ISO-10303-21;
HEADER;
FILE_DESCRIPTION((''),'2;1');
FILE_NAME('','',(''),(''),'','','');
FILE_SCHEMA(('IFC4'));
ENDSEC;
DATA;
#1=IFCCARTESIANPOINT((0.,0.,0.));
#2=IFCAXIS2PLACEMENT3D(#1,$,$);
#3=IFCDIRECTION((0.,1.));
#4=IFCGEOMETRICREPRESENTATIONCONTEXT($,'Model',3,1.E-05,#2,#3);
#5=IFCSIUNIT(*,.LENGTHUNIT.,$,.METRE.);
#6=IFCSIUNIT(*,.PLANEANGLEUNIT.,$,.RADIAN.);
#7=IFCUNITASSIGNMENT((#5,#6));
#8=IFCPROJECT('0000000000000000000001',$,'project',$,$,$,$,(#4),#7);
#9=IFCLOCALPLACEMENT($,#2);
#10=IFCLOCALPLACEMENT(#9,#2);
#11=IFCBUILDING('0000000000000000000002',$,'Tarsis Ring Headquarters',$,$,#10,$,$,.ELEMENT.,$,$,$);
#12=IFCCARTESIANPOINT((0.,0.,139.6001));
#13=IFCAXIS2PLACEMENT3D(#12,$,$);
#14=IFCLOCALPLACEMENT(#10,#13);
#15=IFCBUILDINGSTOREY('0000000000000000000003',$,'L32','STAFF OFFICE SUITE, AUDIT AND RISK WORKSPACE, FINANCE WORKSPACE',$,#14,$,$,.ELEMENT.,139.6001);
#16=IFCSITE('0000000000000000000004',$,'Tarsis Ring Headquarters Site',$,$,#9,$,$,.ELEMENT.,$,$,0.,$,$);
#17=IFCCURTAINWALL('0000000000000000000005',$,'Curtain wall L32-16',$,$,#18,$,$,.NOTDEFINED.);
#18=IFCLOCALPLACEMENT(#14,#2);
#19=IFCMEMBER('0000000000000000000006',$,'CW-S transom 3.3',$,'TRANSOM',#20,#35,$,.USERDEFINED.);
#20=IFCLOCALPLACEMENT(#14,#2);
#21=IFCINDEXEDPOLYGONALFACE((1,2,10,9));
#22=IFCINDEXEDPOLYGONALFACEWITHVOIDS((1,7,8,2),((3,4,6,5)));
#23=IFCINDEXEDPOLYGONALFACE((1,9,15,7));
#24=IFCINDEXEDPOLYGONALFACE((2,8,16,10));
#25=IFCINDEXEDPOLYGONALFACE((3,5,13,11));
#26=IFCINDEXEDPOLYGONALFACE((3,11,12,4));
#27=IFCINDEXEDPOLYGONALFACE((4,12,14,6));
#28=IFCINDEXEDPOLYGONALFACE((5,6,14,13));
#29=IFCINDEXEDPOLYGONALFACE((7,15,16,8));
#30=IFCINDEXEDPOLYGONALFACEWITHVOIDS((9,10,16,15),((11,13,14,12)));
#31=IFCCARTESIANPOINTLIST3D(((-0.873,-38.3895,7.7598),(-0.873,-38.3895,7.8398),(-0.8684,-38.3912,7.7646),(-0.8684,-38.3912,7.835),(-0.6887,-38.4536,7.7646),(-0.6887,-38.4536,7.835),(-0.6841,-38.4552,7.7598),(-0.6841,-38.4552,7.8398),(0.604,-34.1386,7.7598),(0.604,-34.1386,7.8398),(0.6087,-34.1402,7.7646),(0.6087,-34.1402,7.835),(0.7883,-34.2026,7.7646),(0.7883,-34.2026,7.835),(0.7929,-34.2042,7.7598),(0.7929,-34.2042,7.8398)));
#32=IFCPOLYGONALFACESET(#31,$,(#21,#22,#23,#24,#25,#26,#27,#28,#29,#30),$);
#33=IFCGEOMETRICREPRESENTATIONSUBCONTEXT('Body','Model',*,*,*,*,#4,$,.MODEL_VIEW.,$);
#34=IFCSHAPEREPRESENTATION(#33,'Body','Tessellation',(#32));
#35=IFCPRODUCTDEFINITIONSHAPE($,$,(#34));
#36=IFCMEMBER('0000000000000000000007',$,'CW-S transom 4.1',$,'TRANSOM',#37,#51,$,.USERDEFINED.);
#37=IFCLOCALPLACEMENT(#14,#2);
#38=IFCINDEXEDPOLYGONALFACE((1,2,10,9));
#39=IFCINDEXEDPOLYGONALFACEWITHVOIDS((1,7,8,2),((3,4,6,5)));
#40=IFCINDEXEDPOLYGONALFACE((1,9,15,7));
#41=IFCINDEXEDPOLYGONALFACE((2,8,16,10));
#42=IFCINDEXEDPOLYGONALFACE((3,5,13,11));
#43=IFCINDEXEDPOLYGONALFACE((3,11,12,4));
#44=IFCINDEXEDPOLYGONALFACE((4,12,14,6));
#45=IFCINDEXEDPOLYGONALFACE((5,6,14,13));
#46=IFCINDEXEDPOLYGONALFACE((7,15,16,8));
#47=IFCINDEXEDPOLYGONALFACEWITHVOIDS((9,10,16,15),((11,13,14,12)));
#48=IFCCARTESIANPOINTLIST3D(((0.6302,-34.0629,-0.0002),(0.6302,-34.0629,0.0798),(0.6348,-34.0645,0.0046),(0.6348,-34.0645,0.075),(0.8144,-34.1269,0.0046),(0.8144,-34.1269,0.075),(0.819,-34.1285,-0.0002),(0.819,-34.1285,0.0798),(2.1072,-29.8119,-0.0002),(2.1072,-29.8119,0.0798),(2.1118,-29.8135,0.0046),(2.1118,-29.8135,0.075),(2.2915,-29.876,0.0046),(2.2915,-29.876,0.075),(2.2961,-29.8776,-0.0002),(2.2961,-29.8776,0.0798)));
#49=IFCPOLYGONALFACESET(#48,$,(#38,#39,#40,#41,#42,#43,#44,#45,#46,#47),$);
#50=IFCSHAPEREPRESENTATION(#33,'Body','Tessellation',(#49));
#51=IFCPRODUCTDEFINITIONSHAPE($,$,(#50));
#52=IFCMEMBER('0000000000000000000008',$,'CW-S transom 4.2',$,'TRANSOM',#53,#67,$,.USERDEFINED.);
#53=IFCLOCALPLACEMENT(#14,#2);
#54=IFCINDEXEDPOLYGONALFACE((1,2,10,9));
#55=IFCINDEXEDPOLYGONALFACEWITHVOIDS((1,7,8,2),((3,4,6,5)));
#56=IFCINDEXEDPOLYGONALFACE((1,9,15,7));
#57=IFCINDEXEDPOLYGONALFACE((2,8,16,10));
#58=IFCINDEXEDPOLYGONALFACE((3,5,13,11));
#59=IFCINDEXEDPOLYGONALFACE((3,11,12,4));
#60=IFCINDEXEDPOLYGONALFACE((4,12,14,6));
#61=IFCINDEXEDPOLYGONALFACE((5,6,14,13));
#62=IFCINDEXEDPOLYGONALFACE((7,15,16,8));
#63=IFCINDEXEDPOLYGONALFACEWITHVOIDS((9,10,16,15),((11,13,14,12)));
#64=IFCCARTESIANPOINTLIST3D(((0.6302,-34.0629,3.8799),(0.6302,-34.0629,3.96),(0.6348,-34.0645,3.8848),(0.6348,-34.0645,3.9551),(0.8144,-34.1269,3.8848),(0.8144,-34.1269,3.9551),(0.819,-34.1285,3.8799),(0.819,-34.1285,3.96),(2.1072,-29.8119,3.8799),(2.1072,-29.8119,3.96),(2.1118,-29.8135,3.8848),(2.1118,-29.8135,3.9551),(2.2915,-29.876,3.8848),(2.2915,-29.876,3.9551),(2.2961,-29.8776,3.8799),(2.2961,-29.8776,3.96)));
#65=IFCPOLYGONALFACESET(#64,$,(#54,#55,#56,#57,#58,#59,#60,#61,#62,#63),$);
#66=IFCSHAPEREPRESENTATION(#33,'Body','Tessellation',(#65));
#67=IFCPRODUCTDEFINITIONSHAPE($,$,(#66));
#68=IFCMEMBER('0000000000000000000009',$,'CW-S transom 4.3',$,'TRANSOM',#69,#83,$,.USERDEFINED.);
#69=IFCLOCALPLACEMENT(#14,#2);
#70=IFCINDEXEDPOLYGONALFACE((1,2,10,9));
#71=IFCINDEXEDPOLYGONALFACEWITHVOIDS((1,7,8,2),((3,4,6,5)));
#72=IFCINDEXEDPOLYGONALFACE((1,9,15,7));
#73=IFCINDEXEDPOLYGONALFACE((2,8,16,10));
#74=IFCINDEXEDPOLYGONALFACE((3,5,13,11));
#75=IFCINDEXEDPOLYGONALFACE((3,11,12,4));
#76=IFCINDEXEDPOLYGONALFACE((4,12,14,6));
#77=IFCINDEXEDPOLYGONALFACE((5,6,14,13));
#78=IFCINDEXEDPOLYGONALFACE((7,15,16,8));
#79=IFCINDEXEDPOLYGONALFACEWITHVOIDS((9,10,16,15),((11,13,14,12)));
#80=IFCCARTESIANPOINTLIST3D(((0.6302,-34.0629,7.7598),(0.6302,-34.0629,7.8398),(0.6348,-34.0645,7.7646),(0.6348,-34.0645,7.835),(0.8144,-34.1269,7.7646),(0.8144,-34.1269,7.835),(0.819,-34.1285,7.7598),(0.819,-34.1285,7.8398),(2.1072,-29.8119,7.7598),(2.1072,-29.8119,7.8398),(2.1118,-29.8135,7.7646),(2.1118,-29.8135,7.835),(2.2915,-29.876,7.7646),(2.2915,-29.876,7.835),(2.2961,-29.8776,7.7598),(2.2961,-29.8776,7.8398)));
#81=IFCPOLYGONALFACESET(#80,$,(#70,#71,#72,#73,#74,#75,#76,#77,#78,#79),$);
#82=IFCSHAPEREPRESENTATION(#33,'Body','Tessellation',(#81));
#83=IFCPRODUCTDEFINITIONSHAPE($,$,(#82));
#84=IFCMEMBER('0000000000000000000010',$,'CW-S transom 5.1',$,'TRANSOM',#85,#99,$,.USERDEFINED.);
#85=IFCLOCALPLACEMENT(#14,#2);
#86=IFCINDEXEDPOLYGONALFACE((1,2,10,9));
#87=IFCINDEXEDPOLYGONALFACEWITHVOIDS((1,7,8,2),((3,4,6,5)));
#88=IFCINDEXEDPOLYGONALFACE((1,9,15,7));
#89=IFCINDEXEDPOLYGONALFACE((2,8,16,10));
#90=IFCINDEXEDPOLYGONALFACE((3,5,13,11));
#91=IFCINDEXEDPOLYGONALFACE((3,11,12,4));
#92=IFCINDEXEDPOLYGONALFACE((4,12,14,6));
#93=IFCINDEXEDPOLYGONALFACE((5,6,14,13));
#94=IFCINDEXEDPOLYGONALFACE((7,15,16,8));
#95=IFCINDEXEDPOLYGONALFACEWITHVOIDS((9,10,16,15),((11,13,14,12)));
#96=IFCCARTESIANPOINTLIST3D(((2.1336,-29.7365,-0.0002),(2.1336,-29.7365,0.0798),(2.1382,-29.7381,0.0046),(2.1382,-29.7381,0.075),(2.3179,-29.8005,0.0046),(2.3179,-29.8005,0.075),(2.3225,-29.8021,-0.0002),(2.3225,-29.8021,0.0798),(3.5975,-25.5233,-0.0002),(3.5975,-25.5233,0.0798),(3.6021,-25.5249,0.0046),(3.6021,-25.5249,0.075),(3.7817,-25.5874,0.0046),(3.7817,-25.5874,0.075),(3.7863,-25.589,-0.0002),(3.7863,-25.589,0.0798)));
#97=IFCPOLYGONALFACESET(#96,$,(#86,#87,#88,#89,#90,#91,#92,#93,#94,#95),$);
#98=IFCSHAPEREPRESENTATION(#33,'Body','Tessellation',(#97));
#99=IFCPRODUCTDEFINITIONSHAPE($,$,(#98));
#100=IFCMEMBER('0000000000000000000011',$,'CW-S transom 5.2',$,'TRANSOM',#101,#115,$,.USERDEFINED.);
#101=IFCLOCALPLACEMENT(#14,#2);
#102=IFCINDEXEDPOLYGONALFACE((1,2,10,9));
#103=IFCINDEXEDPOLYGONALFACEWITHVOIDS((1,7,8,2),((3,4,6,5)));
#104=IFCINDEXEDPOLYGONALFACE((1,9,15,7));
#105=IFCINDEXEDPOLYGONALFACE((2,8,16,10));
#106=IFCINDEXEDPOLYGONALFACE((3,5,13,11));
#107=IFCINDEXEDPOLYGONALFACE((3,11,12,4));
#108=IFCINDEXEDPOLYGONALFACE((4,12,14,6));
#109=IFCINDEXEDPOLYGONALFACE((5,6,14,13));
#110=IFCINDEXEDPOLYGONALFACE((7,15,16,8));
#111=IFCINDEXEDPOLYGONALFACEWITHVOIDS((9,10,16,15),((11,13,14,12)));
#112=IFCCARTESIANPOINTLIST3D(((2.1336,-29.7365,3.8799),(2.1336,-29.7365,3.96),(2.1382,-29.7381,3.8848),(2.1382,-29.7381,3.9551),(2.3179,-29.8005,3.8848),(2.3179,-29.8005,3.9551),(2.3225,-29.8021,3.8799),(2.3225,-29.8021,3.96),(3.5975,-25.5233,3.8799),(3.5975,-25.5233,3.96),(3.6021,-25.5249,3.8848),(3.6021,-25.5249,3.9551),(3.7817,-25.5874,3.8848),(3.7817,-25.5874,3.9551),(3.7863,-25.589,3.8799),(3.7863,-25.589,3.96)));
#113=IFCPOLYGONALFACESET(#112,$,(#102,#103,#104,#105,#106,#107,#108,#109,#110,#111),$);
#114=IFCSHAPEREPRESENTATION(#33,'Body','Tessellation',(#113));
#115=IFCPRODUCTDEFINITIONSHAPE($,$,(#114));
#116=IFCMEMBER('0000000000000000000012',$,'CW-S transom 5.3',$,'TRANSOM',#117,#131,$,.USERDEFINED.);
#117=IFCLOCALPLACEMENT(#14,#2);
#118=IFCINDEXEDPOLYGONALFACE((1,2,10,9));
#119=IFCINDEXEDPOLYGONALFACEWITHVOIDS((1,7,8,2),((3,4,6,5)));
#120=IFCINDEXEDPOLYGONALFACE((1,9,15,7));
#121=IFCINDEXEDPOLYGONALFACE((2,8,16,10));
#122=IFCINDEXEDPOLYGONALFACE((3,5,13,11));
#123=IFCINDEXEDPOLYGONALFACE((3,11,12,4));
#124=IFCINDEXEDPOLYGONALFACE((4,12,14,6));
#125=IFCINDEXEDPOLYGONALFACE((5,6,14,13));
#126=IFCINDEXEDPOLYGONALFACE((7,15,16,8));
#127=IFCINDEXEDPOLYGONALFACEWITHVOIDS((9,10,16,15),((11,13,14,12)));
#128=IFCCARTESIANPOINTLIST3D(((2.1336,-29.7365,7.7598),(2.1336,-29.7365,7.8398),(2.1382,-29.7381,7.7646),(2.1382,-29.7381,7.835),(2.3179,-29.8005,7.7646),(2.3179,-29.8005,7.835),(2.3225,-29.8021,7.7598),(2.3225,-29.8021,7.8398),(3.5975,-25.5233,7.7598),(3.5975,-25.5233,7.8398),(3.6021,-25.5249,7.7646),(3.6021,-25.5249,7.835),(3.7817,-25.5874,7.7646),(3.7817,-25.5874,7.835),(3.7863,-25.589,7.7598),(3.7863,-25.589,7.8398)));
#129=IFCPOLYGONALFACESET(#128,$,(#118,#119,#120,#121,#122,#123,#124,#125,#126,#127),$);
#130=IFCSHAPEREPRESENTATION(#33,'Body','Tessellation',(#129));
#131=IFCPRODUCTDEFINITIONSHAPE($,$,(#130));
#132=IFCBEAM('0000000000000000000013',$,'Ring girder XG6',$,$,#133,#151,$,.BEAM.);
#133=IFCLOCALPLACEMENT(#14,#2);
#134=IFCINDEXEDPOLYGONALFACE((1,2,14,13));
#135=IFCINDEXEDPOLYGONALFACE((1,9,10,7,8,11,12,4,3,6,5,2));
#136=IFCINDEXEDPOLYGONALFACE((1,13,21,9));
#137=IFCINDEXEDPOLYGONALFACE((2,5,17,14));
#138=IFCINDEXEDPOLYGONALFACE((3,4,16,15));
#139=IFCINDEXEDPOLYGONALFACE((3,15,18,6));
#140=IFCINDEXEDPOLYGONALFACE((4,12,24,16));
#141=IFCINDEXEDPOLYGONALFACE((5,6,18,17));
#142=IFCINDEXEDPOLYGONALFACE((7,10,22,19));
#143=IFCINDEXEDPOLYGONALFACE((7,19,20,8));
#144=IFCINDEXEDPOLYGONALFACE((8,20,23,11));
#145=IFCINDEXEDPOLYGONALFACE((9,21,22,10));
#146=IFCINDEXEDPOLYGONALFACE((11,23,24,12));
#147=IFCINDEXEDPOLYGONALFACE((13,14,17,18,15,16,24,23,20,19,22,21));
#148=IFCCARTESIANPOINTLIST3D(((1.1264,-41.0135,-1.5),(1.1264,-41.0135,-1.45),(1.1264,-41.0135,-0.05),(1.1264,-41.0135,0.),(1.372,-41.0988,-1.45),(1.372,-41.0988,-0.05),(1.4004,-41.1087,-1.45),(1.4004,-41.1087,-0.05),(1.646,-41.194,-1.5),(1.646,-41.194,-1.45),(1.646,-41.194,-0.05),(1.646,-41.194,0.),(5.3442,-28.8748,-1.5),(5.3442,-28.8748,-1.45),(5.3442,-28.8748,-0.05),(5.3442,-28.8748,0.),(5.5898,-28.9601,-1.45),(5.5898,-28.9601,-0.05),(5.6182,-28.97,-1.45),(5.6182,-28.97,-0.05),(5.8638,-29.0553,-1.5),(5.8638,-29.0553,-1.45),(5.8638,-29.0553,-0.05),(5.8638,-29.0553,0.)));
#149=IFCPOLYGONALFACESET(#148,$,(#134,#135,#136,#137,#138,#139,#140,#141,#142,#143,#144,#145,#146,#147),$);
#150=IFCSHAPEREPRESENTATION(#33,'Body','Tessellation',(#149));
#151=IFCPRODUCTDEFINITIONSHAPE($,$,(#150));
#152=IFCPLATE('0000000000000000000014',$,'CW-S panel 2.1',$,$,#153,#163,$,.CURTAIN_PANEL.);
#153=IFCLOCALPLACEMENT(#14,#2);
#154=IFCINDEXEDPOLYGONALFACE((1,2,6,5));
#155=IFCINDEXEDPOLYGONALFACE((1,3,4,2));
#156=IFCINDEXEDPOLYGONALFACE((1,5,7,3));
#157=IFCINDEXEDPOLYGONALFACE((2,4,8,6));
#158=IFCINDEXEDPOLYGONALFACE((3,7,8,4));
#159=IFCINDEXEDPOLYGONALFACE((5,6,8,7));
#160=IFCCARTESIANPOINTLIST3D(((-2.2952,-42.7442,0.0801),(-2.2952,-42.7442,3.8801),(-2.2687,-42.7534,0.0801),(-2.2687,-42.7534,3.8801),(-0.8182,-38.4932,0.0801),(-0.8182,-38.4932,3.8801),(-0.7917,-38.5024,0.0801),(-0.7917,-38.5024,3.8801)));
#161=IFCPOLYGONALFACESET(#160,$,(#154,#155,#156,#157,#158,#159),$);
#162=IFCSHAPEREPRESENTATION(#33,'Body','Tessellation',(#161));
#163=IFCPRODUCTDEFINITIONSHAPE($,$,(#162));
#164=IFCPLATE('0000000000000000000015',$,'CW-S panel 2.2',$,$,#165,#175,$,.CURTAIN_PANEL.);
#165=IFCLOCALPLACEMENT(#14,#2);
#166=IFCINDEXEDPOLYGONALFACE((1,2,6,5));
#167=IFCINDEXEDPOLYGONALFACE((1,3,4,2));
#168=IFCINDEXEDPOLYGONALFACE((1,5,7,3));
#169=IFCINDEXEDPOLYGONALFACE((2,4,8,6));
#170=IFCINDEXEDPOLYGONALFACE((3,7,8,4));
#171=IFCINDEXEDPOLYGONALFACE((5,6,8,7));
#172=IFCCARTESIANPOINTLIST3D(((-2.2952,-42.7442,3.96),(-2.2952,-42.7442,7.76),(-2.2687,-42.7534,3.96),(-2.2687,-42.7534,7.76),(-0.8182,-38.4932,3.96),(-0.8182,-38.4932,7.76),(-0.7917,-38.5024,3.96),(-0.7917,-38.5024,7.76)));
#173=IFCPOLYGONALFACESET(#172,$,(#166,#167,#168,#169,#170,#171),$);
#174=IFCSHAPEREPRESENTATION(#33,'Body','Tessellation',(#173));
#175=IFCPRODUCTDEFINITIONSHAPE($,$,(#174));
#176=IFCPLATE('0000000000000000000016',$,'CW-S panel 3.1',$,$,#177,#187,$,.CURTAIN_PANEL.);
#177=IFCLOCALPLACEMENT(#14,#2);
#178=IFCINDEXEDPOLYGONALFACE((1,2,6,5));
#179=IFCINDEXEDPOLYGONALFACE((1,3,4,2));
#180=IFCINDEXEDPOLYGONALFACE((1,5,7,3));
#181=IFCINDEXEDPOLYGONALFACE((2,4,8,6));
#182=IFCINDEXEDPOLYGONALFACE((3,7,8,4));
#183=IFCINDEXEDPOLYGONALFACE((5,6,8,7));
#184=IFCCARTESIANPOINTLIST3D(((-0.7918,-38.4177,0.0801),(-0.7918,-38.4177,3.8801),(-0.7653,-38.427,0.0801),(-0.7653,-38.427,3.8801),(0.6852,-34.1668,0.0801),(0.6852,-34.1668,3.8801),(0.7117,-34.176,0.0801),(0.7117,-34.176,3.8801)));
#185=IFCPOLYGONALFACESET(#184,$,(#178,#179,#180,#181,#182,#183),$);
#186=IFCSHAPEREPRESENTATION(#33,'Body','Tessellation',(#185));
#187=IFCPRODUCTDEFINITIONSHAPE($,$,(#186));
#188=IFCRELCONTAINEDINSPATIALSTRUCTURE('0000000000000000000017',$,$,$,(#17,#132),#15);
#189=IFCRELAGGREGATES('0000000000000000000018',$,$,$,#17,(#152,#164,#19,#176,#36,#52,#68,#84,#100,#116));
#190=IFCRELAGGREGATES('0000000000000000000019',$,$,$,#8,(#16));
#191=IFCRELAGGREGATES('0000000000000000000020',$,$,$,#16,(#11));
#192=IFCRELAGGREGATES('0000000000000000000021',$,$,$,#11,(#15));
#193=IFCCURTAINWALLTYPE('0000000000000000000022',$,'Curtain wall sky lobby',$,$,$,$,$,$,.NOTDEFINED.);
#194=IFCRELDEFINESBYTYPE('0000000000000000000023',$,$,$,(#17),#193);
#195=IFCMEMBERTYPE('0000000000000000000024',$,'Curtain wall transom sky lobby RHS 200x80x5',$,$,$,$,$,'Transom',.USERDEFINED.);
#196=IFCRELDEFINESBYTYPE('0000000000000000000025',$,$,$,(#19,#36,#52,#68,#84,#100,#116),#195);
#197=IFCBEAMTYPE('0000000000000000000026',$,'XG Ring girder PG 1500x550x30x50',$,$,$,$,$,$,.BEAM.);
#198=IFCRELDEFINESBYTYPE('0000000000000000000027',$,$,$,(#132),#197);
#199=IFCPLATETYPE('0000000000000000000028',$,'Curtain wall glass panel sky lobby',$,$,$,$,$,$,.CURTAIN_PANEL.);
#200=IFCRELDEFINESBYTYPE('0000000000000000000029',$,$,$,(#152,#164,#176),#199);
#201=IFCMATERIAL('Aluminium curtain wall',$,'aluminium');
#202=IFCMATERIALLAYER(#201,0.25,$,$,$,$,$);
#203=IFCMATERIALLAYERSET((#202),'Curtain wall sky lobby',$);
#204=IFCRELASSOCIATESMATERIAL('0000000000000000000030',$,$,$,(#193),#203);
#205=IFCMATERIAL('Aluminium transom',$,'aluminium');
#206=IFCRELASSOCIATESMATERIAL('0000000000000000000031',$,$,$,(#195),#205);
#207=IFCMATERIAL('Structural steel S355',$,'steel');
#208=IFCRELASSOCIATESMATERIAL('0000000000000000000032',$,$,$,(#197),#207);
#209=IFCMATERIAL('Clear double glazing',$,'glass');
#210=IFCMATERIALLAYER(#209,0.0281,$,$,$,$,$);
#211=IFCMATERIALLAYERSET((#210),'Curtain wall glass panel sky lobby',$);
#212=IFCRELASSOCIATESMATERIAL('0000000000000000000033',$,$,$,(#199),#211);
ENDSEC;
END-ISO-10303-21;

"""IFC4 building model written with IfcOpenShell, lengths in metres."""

from ifc_helpers import new_model, si_unit, direction, frame, origin, origin_2d, place, context, subcontext, project, spatial, rectangle, hollow_rectangle, i_section, extrude, material, layer, layer_set, material_profile, profile_set, type_object, element, aggregate, save


model = new_model("IFC4")

# Units and contexts
model_context = context("Model", 3, precision=1e-05, world=origin(), true_north=direction((0.0, 1.0)))
body_context = subcontext(model_context, "Body", "Model", "MODEL_VIEW")
ifc_project = project(units=[si_unit("LENGTHUNIT", "METRE"), si_unit("PLANEANGLEUNIT", "RADIAN")], contexts=[model_context])

# Site, building, storey
site_placement = place(None, origin())
site = spatial("IfcSite", under=ifc_project, at=site_placement, Name="Tarsis Ring Headquarters Site", CompositionType="ELEMENT", RefElevation=0.0)
building_placement = place(site_placement, origin())
building = spatial("IfcBuilding", under=site, at=building_placement, Name="Tarsis Ring Headquarters", CompositionType="ELEMENT")
storey_placement = place(building_placement, frame((0.0, 0.0, 139.6001)))
storey = spatial("IfcBuildingStorey", under=building, at=storey_placement, Name="L32", Description="STAFF OFFICE SUITE, AUDIT AND RISK WORKSPACE, FINANCE WORKSPACE", CompositionType="ELEMENT", Elevation=139.6001)

# Shared definitions
ifc_material_1 = material(Name="Structural steel S355", Category="steel")

# Curtain wall, members
ifc_material_2 = material(Name="Aluminium curtain wall", Category="aluminium")
ifc_layer_1 = layer(ifc_material_2, 0.25)
ifc_layer_set_1 = layer_set([ifc_layer_1], Name="Curtain wall sky lobby")
curtain_wall_type = type_object("IfcCurtainWallType", Name="Curtain wall sky lobby", PredefinedType="NOTDEFINED", material=ifc_layer_set_1)
curtain_wall_placement = place(storey_placement, origin())
curtain_wall = element("IfcCurtainWall", 1, at=curtain_wall_placement, inside=storey, type_object=curtain_wall_type, Name="Curtain wall L32-16", PredefinedType="NOTDEFINED")
ifc_material_3 = material(Name="Aluminium transom", Category="aluminium")
ifc_material_profile_1 = material_profile(ifc_material_3, hollow_rectangle(XDim=0.2, YDim=0.0801, WallThickness=0.0049, at=origin_2d()), Name="RHS 200x80x5")
ifc_profile_set_1 = profile_set([ifc_material_profile_1], Name="Aluminium transom")
member_type_1 = type_object("IfcMemberType", Name="Curtain wall transom sky lobby RHS 200x80x5", ElementType="Transom", PredefinedType="USERDEFINED", material=ifc_profile_set_1)
member_1_placement = place(storey_placement, frame((-0.7786, -38.4224, 7.7998), z_axis=(0.328213, 0.944604, 0.0), x_axis=(-0.944604, 0.328213, 0.0)))
member_1 = element("IfcMember", 2, at=member_1_placement, type_object=member_type_1, Name="CW-S transom 3.3", ObjectType="TRANSOM", PredefinedType="USERDEFINED", context=body_context, shape_type="SweptSolid", body=[
    extrude(hollow_rectangle(XDim=0.2, YDim=0.0801, WallThickness=0.0049, at=origin_2d()), origin(), (0.0, 0.0, 1.0), 4.5002),
])
member_2_placement = place(storey_placement, frame((0.7246, -34.0957, 0.0398), z_axis=(0.328213, 0.944604, 0.0), x_axis=(-0.944604, 0.328213, 0.0)))
member_2 = element("IfcMember", 3, at=member_2_placement, type_object=member_type_1, Name="CW-S transom 4.1", ObjectType="TRANSOM", PredefinedType="USERDEFINED", context=body_context, shape_type="SweptSolid", body=[
    extrude(hollow_rectangle(XDim=0.2, YDim=0.0801, WallThickness=0.0049, at=origin_2d()), origin(), (0.0, 0.0, 1.0), 4.5002),
])
member_3_placement = place(storey_placement, frame((0.7246, -34.0957, 3.9199), z_axis=(0.328213, 0.944604, 0.0), x_axis=(-0.944604, 0.328213, 0.0)))
member_3 = element("IfcMember", 4, at=member_3_placement, type_object=member_type_1, Name="CW-S transom 4.2", ObjectType="TRANSOM", PredefinedType="USERDEFINED", context=body_context, shape_type="SweptSolid", body=[
    extrude(hollow_rectangle(XDim=0.2, YDim=0.0801, WallThickness=0.0049, at=origin_2d()), origin(), (0.0, 0.0, 1.0), 4.5002),
])
member_4_placement = place(storey_placement, frame((0.7246, -34.0957, 7.7998), z_axis=(0.328213, 0.944604, 0.0), x_axis=(-0.944604, 0.328213, 0.0)))
member_4 = element("IfcMember", 5, at=member_4_placement, type_object=member_type_1, Name="CW-S transom 4.3", ObjectType="TRANSOM", PredefinedType="USERDEFINED", context=body_context, shape_type="SweptSolid", body=[
    extrude(hollow_rectangle(XDim=0.2, YDim=0.0801, WallThickness=0.0049, at=origin_2d()), origin(), (0.0, 0.0, 1.0), 4.5002),
])
member_5_placement = place(storey_placement, frame((2.228, -29.7693, 0.0398), z_axis=(0.328206, 0.944606, 0.0), x_axis=(-0.944606, 0.328206, 0.0)))
member_5 = element("IfcMember", 6, at=member_5_placement, type_object=member_type_1, Name="CW-S transom 5.1", ObjectType="TRANSOM", PredefinedType="USERDEFINED", context=body_context, shape_type="SweptSolid", body=[
    extrude(hollow_rectangle(XDim=0.2, YDim=0.0801, WallThickness=0.0049, at=origin_2d()), origin(), (0.0, 0.0, 1.0), 4.4602),
])
member_6_placement = place(storey_placement, frame((2.228, -29.7693, 3.9199), z_axis=(0.328206, 0.944606, 0.0), x_axis=(-0.944606, 0.328206, 0.0)))
member_6 = element("IfcMember", 7, at=member_6_placement, type_object=member_type_1, Name="CW-S transom 5.2", ObjectType="TRANSOM", PredefinedType="USERDEFINED", context=body_context, shape_type="SweptSolid", body=[
    extrude(hollow_rectangle(XDim=0.2, YDim=0.0801, WallThickness=0.0049, at=origin_2d()), origin(), (0.0, 0.0, 1.0), 4.4602),
])
member_7_placement = place(storey_placement, frame((2.228, -29.7693, 7.7998), z_axis=(0.328206, 0.944606, 0.0), x_axis=(-0.944606, 0.328206, 0.0)))
member_7 = element("IfcMember", 8, at=member_7_placement, type_object=member_type_1, Name="CW-S transom 5.3", ObjectType="TRANSOM", PredefinedType="USERDEFINED", context=body_context, shape_type="SweptSolid", body=[
    extrude(hollow_rectangle(XDim=0.2, YDim=0.0801, WallThickness=0.0049, at=origin_2d()), origin(), (0.0, 0.0, 1.0), 4.4602),
])

# Beam
ifc_material_profile_2 = material_profile(ifc_material_1, i_section(OverallWidth=0.55, OverallDepth=1.5, WebThickness=0.03, FlangeThickness=0.05, at=origin_2d()), Name="PG 1500x550x30x50")
ifc_profile_set_2 = profile_set([ifc_material_profile_2], Name="Structural steel S355")
beam_type = type_object("IfcBeamType", Name="XG Ring girder PG 1500x550x30x50", PredefinedType="BEAM", material=ifc_profile_set_2)
beam_placement = place(storey_placement, frame((1.3862, -41.1038, -0.75), z_axis=(0.328217, 0.944602, 0.0), x_axis=(-0.944602, 0.328217, 0.0)))
element("IfcBeam", 9, at=beam_placement, inside=storey, type_object=beam_type, Name="Ring girder XG6", PredefinedType="BEAM", context=body_context, shape_type="SweptSolid", body=[
    extrude(i_section(OverallWidth=0.55, OverallDepth=1.5, WebThickness=0.03, FlangeThickness=0.05, at=origin_2d()), origin(), (0.0, 0.0, 1.0), 12.8506),
])

# Plates
ifc_material_4 = material(Name="Clear double glazing", Category="glass")
ifc_layer_2 = layer(ifc_material_4, 0.0281)
ifc_layer_set_2 = layer_set([ifc_layer_2], Name="Curtain wall glass panel sky lobby")
plate_type = type_object("IfcPlateType", Name="Curtain wall glass panel sky lobby", PredefinedType="CURTAIN_PANEL", material=ifc_layer_set_2)
plate_1_placement = place(storey_placement, frame((-1.5435, -40.6233, 0.0801), z_axis=(0.0, 0.0, 1.0), x_axis=(0.328207, 0.944606, 0.0)))
plate_1 = element("IfcPlate", 10, at=plate_1_placement, type_object=plate_type, Name="CW-S panel 2.1", PredefinedType="CURTAIN_PANEL", context=body_context, shape_type="SweptSolid", body=[
    extrude(rectangle(XDim=4.5002, YDim=0.0281, at=origin_2d()), origin(), (0.0, 0.0, 1.0), 3.8),
])
plate_2_placement = place(storey_placement, frame((-1.5435, -40.6233, 3.96), z_axis=(0.0, 0.0, 1.0), x_axis=(0.328207, 0.944606, 0.0)))
plate_2 = element("IfcPlate", 11, at=plate_2_placement, type_object=plate_type, Name="CW-S panel 2.2", PredefinedType="CURTAIN_PANEL", context=body_context, shape_type="SweptSolid", body=[
    extrude(rectangle(XDim=4.5002, YDim=0.0281, at=origin_2d()), origin(), (0.0, 0.0, 1.0), 3.8),
])
plate_3_placement = place(storey_placement, frame((-0.04, -36.2969, 0.0801), z_axis=(0.0, 0.0, 1.0), x_axis=(0.328207, 0.944606, 0.0)))
plate_3 = element("IfcPlate", 12, at=plate_3_placement, type_object=plate_type, Name="CW-S panel 3.1", PredefinedType="CURTAIN_PANEL", context=body_context, shape_type="SweptSolid", body=[
    extrude(rectangle(XDim=4.5002, YDim=0.0281, at=origin_2d()), origin(), (0.0, 0.0, 1.0), 3.8),
])
aggregate(curtain_wall, [plate_1, plate_2, member_1, plate_3, member_2, member_3, member_4, member_5, member_6, member_7])

save(model, "model.ifc")
